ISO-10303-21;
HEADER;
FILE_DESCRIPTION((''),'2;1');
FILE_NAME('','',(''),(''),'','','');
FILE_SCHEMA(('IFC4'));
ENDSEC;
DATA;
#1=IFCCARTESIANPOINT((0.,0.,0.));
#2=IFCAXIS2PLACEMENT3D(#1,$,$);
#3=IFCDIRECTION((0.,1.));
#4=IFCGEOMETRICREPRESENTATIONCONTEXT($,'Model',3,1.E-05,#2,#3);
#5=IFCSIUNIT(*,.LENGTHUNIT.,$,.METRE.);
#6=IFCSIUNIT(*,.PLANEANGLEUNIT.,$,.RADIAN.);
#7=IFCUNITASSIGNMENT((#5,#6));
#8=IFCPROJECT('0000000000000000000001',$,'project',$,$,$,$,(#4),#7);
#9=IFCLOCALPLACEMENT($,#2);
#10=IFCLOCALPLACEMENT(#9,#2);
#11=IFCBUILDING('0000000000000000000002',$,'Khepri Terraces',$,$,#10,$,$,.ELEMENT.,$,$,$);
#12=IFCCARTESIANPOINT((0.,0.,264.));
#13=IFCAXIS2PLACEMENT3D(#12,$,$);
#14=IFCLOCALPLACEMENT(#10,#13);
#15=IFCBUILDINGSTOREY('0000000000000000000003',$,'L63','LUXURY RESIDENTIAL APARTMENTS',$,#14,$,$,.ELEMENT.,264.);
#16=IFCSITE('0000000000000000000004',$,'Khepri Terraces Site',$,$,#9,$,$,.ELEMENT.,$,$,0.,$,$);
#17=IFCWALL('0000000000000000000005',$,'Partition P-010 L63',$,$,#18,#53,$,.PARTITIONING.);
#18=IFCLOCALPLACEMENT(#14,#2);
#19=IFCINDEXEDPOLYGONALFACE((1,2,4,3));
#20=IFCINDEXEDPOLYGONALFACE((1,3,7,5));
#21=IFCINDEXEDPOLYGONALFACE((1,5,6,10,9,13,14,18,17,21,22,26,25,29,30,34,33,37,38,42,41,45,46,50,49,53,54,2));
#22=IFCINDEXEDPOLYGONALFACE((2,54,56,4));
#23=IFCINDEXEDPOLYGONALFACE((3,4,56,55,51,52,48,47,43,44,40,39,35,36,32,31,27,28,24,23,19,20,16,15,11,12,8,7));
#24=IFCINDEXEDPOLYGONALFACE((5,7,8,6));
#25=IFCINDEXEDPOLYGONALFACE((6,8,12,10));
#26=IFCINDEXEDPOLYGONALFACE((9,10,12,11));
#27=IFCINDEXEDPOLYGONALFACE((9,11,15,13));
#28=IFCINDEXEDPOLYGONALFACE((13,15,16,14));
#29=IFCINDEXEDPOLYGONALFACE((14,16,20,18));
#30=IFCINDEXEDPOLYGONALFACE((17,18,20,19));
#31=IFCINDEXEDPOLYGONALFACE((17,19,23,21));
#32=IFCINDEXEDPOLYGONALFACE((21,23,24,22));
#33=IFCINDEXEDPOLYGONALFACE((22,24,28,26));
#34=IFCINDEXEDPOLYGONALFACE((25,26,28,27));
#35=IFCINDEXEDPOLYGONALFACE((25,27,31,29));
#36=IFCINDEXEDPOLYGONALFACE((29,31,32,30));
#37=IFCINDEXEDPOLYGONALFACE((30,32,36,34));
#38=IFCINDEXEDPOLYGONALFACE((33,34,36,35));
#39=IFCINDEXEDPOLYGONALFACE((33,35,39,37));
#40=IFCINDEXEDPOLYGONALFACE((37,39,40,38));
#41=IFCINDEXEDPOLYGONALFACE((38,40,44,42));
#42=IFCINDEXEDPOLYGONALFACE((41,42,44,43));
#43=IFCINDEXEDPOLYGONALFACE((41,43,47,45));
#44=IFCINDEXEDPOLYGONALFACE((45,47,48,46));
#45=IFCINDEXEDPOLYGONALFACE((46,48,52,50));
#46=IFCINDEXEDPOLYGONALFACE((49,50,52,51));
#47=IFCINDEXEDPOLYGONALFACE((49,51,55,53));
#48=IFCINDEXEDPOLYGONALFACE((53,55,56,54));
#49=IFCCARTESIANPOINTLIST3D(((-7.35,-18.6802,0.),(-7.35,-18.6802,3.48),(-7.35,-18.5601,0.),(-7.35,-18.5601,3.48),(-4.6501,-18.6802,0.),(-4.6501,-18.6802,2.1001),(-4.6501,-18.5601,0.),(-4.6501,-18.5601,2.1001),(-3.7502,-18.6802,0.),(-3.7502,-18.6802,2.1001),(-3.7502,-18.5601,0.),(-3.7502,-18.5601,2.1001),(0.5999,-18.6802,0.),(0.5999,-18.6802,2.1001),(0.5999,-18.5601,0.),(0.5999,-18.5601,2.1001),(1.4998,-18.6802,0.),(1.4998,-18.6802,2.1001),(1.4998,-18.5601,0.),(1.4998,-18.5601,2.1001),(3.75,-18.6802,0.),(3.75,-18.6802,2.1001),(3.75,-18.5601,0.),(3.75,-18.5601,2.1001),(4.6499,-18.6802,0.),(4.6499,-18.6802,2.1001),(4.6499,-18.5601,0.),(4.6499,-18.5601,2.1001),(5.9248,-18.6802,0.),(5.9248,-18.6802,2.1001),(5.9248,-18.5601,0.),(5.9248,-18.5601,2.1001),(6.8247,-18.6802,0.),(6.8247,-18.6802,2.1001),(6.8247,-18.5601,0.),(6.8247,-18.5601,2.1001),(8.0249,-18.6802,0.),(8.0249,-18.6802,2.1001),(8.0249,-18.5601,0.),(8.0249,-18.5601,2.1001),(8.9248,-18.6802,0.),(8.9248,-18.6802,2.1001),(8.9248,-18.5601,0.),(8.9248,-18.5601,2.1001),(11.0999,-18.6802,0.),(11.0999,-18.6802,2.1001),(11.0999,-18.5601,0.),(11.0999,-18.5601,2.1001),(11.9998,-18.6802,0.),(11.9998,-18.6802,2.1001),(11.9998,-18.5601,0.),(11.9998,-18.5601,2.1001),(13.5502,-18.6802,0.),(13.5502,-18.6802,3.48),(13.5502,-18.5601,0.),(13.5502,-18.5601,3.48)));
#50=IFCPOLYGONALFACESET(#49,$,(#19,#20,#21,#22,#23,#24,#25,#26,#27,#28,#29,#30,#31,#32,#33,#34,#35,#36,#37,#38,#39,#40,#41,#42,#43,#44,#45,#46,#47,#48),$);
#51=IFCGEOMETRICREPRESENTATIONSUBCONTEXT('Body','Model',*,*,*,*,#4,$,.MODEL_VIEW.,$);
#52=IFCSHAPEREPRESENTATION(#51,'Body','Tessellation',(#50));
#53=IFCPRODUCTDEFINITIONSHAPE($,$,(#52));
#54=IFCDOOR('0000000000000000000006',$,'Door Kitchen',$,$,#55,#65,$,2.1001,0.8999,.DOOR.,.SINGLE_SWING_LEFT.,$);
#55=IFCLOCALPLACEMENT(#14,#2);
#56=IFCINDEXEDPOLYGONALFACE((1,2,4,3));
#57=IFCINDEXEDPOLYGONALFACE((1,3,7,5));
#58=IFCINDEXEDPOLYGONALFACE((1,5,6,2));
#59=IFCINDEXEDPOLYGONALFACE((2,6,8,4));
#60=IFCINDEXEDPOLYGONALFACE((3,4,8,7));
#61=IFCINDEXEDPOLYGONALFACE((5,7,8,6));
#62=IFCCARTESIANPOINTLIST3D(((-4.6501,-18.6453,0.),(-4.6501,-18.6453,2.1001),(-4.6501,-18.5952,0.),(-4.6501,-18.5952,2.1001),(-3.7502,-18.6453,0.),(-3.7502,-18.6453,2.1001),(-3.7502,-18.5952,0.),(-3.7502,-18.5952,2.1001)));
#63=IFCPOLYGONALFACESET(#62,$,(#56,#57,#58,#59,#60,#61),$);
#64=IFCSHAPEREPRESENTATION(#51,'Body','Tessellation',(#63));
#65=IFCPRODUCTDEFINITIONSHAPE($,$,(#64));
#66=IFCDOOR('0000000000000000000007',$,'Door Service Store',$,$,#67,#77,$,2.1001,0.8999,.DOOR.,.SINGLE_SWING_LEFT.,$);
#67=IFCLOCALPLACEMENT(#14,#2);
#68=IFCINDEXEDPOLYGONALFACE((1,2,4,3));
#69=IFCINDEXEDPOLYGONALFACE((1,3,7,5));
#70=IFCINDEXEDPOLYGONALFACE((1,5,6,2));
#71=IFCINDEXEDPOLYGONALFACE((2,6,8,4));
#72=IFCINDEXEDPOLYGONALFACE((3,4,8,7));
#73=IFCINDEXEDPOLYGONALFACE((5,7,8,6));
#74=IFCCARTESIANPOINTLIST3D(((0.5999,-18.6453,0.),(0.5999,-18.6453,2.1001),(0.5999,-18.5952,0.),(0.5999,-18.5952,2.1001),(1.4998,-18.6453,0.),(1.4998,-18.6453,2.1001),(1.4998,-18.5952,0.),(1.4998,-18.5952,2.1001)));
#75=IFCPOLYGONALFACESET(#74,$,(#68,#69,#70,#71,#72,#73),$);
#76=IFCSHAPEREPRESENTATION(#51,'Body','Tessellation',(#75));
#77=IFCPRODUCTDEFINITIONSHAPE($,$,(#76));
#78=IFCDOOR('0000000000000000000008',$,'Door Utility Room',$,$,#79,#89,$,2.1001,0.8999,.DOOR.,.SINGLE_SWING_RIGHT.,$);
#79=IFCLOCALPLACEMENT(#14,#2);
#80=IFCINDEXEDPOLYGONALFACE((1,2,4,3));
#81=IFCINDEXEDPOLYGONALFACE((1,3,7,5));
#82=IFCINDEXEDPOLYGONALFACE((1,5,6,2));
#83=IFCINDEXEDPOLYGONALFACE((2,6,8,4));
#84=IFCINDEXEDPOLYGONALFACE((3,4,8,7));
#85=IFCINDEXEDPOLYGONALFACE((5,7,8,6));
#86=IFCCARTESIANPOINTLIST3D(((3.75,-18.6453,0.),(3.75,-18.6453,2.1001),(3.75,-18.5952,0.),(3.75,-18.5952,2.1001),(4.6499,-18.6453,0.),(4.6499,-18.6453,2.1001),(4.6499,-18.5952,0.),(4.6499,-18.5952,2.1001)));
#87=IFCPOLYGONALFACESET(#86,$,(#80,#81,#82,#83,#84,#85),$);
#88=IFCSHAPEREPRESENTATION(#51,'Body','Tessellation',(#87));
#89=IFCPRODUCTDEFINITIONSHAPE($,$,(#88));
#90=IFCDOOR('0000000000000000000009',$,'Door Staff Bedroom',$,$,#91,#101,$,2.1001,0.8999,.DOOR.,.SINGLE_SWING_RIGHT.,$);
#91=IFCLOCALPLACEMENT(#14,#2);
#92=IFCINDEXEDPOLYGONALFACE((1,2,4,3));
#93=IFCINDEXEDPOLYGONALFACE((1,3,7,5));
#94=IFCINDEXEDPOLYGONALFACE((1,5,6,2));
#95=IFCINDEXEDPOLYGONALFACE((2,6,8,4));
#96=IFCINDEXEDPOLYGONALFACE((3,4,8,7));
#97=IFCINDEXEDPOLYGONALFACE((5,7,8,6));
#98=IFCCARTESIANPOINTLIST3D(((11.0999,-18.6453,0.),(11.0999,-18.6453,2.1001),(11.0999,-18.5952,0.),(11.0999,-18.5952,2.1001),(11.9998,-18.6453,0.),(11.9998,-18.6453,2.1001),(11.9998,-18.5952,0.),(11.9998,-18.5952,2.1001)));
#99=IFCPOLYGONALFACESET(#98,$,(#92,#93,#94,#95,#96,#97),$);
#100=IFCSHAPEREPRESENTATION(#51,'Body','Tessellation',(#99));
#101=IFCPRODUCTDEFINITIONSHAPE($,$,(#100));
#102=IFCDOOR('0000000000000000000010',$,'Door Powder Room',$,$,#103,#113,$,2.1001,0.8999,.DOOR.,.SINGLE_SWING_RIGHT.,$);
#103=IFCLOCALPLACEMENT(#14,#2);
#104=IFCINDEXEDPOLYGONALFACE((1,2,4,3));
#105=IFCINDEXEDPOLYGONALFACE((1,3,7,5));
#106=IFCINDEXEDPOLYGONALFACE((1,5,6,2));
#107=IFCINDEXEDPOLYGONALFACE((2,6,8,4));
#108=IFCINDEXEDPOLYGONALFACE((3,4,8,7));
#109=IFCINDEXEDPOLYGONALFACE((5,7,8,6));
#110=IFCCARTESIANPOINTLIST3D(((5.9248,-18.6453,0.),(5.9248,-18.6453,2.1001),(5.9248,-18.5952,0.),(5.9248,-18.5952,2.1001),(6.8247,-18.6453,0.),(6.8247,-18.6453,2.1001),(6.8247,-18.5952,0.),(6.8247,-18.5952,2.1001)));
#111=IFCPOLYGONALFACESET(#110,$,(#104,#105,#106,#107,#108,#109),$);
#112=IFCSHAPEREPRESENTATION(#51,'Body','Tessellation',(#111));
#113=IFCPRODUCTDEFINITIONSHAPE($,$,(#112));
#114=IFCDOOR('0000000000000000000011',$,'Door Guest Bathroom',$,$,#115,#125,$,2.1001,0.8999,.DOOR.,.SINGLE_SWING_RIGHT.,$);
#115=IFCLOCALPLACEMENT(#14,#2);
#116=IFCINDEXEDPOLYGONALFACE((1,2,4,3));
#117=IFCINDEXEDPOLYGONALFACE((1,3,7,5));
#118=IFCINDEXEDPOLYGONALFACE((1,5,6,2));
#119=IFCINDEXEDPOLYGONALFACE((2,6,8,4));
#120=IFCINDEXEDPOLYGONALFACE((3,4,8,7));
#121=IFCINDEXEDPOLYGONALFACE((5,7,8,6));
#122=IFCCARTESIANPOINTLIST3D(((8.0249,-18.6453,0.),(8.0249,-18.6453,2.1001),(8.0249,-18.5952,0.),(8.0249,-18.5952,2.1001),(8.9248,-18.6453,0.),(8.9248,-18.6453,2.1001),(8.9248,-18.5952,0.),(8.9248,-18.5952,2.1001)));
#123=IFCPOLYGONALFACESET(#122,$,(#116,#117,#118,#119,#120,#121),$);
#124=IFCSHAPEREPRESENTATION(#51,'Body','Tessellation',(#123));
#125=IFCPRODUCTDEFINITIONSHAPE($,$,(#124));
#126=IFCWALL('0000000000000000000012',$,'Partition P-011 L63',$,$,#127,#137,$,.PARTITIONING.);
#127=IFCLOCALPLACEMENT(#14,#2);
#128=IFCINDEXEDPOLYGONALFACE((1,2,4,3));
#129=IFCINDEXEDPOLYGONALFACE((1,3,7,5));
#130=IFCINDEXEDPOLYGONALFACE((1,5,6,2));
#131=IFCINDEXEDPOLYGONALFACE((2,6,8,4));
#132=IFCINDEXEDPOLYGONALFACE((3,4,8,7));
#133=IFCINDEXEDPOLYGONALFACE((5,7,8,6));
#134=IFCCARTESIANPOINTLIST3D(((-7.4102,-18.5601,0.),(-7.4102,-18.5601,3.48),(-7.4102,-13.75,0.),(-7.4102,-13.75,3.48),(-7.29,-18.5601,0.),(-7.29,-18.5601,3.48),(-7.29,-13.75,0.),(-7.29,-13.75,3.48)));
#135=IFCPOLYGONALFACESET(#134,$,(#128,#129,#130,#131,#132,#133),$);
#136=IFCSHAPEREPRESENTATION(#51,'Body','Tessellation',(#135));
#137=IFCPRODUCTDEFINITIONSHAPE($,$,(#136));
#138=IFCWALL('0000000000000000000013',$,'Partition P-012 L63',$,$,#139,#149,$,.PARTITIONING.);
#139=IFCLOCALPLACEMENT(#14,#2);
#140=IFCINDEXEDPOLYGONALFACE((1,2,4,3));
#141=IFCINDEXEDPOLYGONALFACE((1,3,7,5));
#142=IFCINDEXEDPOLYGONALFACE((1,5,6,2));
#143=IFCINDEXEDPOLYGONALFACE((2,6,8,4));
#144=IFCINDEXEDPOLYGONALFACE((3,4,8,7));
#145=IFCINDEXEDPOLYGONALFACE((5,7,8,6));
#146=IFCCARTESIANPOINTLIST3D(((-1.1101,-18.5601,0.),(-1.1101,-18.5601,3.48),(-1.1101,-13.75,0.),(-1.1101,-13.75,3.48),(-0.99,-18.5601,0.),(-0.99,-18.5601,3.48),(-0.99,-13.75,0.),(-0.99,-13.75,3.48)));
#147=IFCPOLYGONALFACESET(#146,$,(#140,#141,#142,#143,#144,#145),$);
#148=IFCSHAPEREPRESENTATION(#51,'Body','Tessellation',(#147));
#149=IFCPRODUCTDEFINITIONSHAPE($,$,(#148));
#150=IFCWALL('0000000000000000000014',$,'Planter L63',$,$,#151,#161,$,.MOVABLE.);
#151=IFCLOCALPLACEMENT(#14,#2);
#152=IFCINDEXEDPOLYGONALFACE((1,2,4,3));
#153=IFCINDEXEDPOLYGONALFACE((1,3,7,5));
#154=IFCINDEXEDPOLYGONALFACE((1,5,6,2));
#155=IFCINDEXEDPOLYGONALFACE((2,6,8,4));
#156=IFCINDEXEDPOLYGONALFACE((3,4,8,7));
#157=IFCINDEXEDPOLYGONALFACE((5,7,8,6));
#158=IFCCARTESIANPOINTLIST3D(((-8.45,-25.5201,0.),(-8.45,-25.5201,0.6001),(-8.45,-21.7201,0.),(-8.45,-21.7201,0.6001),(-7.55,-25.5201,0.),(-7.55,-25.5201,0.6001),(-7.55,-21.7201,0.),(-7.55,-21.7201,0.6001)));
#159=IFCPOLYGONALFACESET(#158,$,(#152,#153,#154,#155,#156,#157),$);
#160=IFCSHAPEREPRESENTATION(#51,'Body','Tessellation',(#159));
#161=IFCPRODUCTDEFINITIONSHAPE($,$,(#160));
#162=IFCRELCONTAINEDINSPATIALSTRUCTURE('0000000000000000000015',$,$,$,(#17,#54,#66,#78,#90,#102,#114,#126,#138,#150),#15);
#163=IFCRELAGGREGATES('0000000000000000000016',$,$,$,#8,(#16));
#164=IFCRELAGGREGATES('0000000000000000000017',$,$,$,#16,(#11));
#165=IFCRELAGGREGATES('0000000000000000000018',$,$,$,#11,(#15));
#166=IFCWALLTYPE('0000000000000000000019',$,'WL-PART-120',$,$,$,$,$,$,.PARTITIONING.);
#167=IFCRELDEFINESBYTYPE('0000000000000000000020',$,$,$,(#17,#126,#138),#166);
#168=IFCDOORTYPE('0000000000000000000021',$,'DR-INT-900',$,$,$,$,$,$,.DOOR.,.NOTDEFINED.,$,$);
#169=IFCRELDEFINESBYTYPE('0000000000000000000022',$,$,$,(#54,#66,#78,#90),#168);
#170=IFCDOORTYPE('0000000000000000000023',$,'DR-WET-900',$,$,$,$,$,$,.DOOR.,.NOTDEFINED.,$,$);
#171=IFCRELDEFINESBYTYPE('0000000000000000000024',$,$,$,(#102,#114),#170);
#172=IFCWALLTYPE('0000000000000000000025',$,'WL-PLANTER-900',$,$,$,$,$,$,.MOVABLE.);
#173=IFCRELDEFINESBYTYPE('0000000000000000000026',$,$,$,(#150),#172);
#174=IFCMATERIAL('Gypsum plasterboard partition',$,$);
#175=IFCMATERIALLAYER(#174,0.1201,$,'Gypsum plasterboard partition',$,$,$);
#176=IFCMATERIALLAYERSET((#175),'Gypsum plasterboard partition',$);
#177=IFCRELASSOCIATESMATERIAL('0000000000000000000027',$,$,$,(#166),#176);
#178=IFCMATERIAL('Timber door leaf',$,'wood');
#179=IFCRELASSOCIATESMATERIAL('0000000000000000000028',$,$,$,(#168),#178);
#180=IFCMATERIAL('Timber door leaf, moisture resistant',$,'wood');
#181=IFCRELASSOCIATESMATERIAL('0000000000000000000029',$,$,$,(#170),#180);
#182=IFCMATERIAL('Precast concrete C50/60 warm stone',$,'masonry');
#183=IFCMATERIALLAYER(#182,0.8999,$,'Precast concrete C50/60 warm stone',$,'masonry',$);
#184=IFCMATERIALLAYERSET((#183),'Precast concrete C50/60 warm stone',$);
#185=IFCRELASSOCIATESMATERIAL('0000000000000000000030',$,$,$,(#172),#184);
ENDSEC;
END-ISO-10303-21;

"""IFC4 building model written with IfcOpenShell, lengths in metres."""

from ifc_helpers import new_model, si_unit, direction, frame, frame_2d, origin, place, context, subcontext, project, spatial, rectangle, extrude, material, layer, layer_set, type_object, element, fill, save


model = new_model("IFC4")

# Units and contexts
model_context = context("Model", 3, precision=1e-05, world=origin(), true_north=direction((0.0, 1.0)))
body_context = subcontext(model_context, "Body", "Model", "MODEL_VIEW")
ifc_project = project(units=[si_unit("LENGTHUNIT", "METRE"), si_unit("PLANEANGLEUNIT", "RADIAN")], contexts=[model_context])

# Site, building, storey
site_placement = place(None, origin())
site = spatial("IfcSite", under=ifc_project, at=site_placement, Name="Khepri Terraces Site", CompositionType="ELEMENT", RefElevation=0.0)
building_placement = place(site_placement, origin())
building = spatial("IfcBuilding", under=site, at=building_placement, Name="Khepri Terraces", CompositionType="ELEMENT")
storey_placement = place(building_placement, frame((0.0, 0.0, 264.0)))
storey = spatial("IfcBuildingStorey", under=building, at=storey_placement, Name="L63", Description="LUXURY RESIDENTIAL APARTMENTS", CompositionType="ELEMENT", Elevation=264.0)

# Shared definitions
ifc_material_1 = material(Name="Precast concrete C50/60 warm stone", Category="masonry")

# Shared definitions
ifc_material_2 = material(Name="Gypsum plasterboard partition")
ifc_layer_1 = layer(ifc_material_2, 0.1201, Name="Gypsum plasterboard partition")
ifc_layer_set_1 = layer_set([ifc_layer_1], Name="Gypsum plasterboard partition")
wall_type_1 = type_object("IfcWallType", Name="WL-PART-120", PredefinedType="PARTITIONING", material=ifc_layer_set_1)

# Wall, openings, doors
wall_1_placement = place(storey_placement, frame((-7.3501, -18.6201, 0.0), z_axis=(0.0, 0.0, 1.0), x_axis=(1.0, 0.0, 0.0)))
wall_1 = element("IfcWall", 1, at=wall_1_placement, inside=storey, type_object=wall_type_1, Name="Partition P-010 L63", PredefinedType="PARTITIONING", context=body_context, shape_type="SweptSolid", body=[
    extrude(rectangle(XDim=20.9001, YDim=0.1201, at=frame_2d((10.4502, 0.0))), origin(), (0.0, 0.0, 1.0), 3.48),
])
opening_1_placement = place(wall_1_placement, frame((2.7, 0.0, 0.0)))
opening_1 = element("IfcOpeningElement", 2, at=opening_1_placement, cuts=wall_1, PredefinedType="OPENING", context=body_context, shape_type="SweptSolid", body=[
    extrude(rectangle(XDim=0.8999, YDim=2.1001, at=frame_2d((0.45, 1.05))), frame((0.0, 0.0701, 0.0), z_axis=(0.0, -1.0, 0.0), x_axis=(1.0, 0.0, 0.0)), (0.0, 0.0, 1.0), 0.1401),
])
opening_2_placement = place(wall_1_placement, frame((7.95, 0.0, 0.0)))
opening_2 = element("IfcOpeningElement", 3, at=opening_2_placement, cuts=wall_1, PredefinedType="OPENING", context=body_context, shape_type="SweptSolid", body=[
    extrude(rectangle(XDim=0.8999, YDim=2.1001, at=frame_2d((0.45, 1.05))), frame((0.0, 0.0701, 0.0), z_axis=(0.0, -1.0, 0.0), x_axis=(1.0, 0.0, 0.0)), (0.0, 0.0, 1.0), 0.1401),
])
opening_3_placement = place(wall_1_placement, frame((11.1001, 0.0, 0.0)))
opening_3 = element("IfcOpeningElement", 4, at=opening_3_placement, cuts=wall_1, PredefinedType="OPENING", context=body_context, shape_type="SweptSolid", body=[
    extrude(rectangle(XDim=0.8999, YDim=2.1001, at=frame_2d((0.45, 1.05))), frame((0.0, 0.0701, 0.0), z_axis=(0.0, -1.0, 0.0), x_axis=(1.0, 0.0, 0.0)), (0.0, 0.0, 1.0), 0.1401),
])
opening_4_placement = place(wall_1_placement, frame((13.2749, 0.0, 0.0)))
opening_4 = element("IfcOpeningElement", 5, at=opening_4_placement, cuts=wall_1, PredefinedType="OPENING", context=body_context, shape_type="SweptSolid", body=[
    extrude(rectangle(XDim=0.8999, YDim=2.1001, at=frame_2d((0.45, 1.05))), frame((0.0, 0.0701, 0.0), z_axis=(0.0, -1.0, 0.0), x_axis=(1.0, 0.0, 0.0)), (0.0, 0.0, 1.0), 0.1401),
])
opening_5_placement = place(wall_1_placement, frame((15.375, 0.0, 0.0)))
opening_5 = element("IfcOpeningElement", 6, at=opening_5_placement, cuts=wall_1, PredefinedType="OPENING", context=body_context, shape_type="SweptSolid", body=[
    extrude(rectangle(XDim=0.8999, YDim=2.1001, at=frame_2d((0.45, 1.05))), frame((0.0, 0.0701, 0.0), z_axis=(0.0, -1.0, 0.0), x_axis=(1.0, 0.0, 0.0)), (0.0, 0.0, 1.0), 0.1401),
])
opening_6_placement = place(wall_1_placement, frame((18.45, 0.0, 0.0)))
opening_6 = element("IfcOpeningElement", 7, at=opening_6_placement, cuts=wall_1, PredefinedType="OPENING", context=body_context, shape_type="SweptSolid", body=[
    extrude(rectangle(XDim=0.8999, YDim=2.1001, at=frame_2d((0.45, 1.05))), frame((0.0, 0.0701, 0.0), z_axis=(0.0, -1.0, 0.0), x_axis=(1.0, 0.0, 0.0)), (0.0, 0.0, 1.0), 0.1401),
])
ifc_material_3 = material(Name="Timber door leaf", Category="wood")
door_type_1 = type_object("IfcDoorType", Name="DR-INT-900", OperationType="NOTDEFINED", PredefinedType="DOOR", material=ifc_material_3)
door_1_placement = place(opening_1_placement, origin())
door_1 = element("IfcDoor", 8, at=door_1_placement, inside=storey, type_object=door_type_1, Name="Door Kitchen", OperationType="SINGLE_SWING_LEFT", OverallHeight=2.1001, OverallWidth=0.8999, PredefinedType="DOOR", context=body_context, shape_type="SweptSolid", body=[
    extrude(rectangle(XDim=0.8999, YDim=2.1001, at=frame_2d((0.45, 1.05))), frame((0.0, 0.0249, 0.0), z_axis=(0.0, -1.0, 0.0), x_axis=(1.0, 0.0, 0.0)), (0.0, 0.0, 1.0), 0.05),
])
fill(opening_1, door_1)
door_2_placement = place(opening_2_placement, origin())
door_2 = element("IfcDoor", 9, at=door_2_placement, inside=storey, type_object=door_type_1, Name="Door Service Store", OperationType="SINGLE_SWING_LEFT", OverallHeight=2.1001, OverallWidth=0.8999, PredefinedType="DOOR", context=body_context, shape_type="SweptSolid", body=[
    extrude(rectangle(XDim=0.8999, YDim=2.1001, at=frame_2d((0.45, 1.05))), frame((0.0, 0.0249, 0.0), z_axis=(0.0, -1.0, 0.0), x_axis=(1.0, 0.0, 0.0)), (0.0, 0.0, 1.0), 0.05),
])
fill(opening_2, door_2)
door_3_placement = place(opening_3_placement, origin())
door_3 = element("IfcDoor", 10, at=door_3_placement, inside=storey, type_object=door_type_1, Name="Door Utility Room", OperationType="SINGLE_SWING_RIGHT", OverallHeight=2.1001, OverallWidth=0.8999, PredefinedType="DOOR", context=body_context, shape_type="SweptSolid", body=[
    extrude(rectangle(XDim=0.8999, YDim=2.1001, at=frame_2d((0.45, 1.05))), frame((0.0, 0.0249, 0.0), z_axis=(0.0, -1.0, 0.0), x_axis=(1.0, 0.0, 0.0)), (0.0, 0.0, 1.0), 0.05),
])
fill(opening_3, door_3)
door_4_placement = place(opening_6_placement, origin())
door_4 = element("IfcDoor", 11, at=door_4_placement, inside=storey, type_object=door_type_1, Name="Door Staff Bedroom", OperationType="SINGLE_SWING_RIGHT", OverallHeight=2.1001, OverallWidth=0.8999, PredefinedType="DOOR", context=body_context, shape_type="SweptSolid", body=[
    extrude(rectangle(XDim=0.8999, YDim=2.1001, at=frame_2d((0.45, 1.05))), frame((0.0, 0.0249, 0.0), z_axis=(0.0, -1.0, 0.0), x_axis=(1.0, 0.0, 0.0)), (0.0, 0.0, 1.0), 0.05),
])
fill(opening_6, door_4)
ifc_material_4 = material(Name="Timber door leaf, moisture resistant", Category="wood")
door_type_2 = type_object("IfcDoorType", Name="DR-WET-900", OperationType="NOTDEFINED", PredefinedType="DOOR", material=ifc_material_4)
door_5_placement = place(opening_4_placement, origin())
door_5 = element("IfcDoor", 12, at=door_5_placement, inside=storey, type_object=door_type_2, Name="Door Powder Room", OperationType="SINGLE_SWING_RIGHT", OverallHeight=2.1001, OverallWidth=0.8999, PredefinedType="DOOR", context=body_context, shape_type="SweptSolid", body=[
    extrude(rectangle(XDim=0.8999, YDim=2.1001, at=frame_2d((0.45, 1.05))), frame((0.0, 0.0249, 0.0), z_axis=(0.0, -1.0, 0.0), x_axis=(1.0, 0.0, 0.0)), (0.0, 0.0, 1.0), 0.05),
])
fill(opening_4, door_5)
door_6_placement = place(opening_5_placement, origin())
door_6 = element("IfcDoor", 13, at=door_6_placement, inside=storey, type_object=door_type_2, Name="Door Guest Bathroom", OperationType="SINGLE_SWING_RIGHT", OverallHeight=2.1001, OverallWidth=0.8999, PredefinedType="DOOR", context=body_context, shape_type="SweptSolid", body=[
    extrude(rectangle(XDim=0.8999, YDim=2.1001, at=frame_2d((0.45, 1.05))), frame((0.0, 0.0249, 0.0), z_axis=(0.0, -1.0, 0.0), x_axis=(1.0, 0.0, 0.0)), (0.0, 0.0, 1.0), 0.05),
])
fill(opening_5, door_6)

# Walls
for number, where, z_axis, x_axis, name in (
    (14, (-7.3501, -18.5601, 0.0), (0.0, 0.0, 1.0), (0.0, 1.0, 0.0), "Partition P-011 L63"),
    (15, (-1.05, -18.5601, 0.0), (0.0, 0.0, 1.0), (0.0, 1.0, 0.0), "Partition P-012 L63"),
):
    element("IfcWall", number, at=place(storey_placement, frame(where, z_axis=z_axis, x_axis=x_axis)), inside=storey, type_object=wall_type_1, Name=name, PredefinedType="PARTITIONING", context=body_context, shape_type="SweptSolid", body=[
        extrude(rectangle(XDim=4.8101, YDim=0.1201, at=frame_2d((2.405, 0.0))), origin(), (0.0, 0.0, 1.0), 3.48),
    ])
ifc_layer_2 = layer(ifc_material_1, 0.8999, Name="Precast concrete C50/60 warm stone", Category="masonry")
ifc_layer_set_2 = layer_set([ifc_layer_2], Name="Precast concrete C50/60 warm stone")
wall_type_2 = type_object("IfcWallType", Name="WL-PLANTER-900", PredefinedType="MOVABLE", material=ifc_layer_set_2)
wall_2_placement = place(storey_placement, frame((-8.0, -25.52, 0.0), z_axis=(0.0, 0.0, 1.0), x_axis=(0.0, 1.0, 0.0)))
element("IfcWall", 16, at=wall_2_placement, inside=storey, type_object=wall_type_2, Name="Planter L63", PredefinedType="MOVABLE", context=body_context, shape_type="SweptSolid", body=[
    extrude(rectangle(XDim=3.8, YDim=0.8999, at=frame_2d((1.8999, 0.0))), origin(), (0.0, 0.0, 1.0), 0.6001),
])

save(model, "model.ifc")
